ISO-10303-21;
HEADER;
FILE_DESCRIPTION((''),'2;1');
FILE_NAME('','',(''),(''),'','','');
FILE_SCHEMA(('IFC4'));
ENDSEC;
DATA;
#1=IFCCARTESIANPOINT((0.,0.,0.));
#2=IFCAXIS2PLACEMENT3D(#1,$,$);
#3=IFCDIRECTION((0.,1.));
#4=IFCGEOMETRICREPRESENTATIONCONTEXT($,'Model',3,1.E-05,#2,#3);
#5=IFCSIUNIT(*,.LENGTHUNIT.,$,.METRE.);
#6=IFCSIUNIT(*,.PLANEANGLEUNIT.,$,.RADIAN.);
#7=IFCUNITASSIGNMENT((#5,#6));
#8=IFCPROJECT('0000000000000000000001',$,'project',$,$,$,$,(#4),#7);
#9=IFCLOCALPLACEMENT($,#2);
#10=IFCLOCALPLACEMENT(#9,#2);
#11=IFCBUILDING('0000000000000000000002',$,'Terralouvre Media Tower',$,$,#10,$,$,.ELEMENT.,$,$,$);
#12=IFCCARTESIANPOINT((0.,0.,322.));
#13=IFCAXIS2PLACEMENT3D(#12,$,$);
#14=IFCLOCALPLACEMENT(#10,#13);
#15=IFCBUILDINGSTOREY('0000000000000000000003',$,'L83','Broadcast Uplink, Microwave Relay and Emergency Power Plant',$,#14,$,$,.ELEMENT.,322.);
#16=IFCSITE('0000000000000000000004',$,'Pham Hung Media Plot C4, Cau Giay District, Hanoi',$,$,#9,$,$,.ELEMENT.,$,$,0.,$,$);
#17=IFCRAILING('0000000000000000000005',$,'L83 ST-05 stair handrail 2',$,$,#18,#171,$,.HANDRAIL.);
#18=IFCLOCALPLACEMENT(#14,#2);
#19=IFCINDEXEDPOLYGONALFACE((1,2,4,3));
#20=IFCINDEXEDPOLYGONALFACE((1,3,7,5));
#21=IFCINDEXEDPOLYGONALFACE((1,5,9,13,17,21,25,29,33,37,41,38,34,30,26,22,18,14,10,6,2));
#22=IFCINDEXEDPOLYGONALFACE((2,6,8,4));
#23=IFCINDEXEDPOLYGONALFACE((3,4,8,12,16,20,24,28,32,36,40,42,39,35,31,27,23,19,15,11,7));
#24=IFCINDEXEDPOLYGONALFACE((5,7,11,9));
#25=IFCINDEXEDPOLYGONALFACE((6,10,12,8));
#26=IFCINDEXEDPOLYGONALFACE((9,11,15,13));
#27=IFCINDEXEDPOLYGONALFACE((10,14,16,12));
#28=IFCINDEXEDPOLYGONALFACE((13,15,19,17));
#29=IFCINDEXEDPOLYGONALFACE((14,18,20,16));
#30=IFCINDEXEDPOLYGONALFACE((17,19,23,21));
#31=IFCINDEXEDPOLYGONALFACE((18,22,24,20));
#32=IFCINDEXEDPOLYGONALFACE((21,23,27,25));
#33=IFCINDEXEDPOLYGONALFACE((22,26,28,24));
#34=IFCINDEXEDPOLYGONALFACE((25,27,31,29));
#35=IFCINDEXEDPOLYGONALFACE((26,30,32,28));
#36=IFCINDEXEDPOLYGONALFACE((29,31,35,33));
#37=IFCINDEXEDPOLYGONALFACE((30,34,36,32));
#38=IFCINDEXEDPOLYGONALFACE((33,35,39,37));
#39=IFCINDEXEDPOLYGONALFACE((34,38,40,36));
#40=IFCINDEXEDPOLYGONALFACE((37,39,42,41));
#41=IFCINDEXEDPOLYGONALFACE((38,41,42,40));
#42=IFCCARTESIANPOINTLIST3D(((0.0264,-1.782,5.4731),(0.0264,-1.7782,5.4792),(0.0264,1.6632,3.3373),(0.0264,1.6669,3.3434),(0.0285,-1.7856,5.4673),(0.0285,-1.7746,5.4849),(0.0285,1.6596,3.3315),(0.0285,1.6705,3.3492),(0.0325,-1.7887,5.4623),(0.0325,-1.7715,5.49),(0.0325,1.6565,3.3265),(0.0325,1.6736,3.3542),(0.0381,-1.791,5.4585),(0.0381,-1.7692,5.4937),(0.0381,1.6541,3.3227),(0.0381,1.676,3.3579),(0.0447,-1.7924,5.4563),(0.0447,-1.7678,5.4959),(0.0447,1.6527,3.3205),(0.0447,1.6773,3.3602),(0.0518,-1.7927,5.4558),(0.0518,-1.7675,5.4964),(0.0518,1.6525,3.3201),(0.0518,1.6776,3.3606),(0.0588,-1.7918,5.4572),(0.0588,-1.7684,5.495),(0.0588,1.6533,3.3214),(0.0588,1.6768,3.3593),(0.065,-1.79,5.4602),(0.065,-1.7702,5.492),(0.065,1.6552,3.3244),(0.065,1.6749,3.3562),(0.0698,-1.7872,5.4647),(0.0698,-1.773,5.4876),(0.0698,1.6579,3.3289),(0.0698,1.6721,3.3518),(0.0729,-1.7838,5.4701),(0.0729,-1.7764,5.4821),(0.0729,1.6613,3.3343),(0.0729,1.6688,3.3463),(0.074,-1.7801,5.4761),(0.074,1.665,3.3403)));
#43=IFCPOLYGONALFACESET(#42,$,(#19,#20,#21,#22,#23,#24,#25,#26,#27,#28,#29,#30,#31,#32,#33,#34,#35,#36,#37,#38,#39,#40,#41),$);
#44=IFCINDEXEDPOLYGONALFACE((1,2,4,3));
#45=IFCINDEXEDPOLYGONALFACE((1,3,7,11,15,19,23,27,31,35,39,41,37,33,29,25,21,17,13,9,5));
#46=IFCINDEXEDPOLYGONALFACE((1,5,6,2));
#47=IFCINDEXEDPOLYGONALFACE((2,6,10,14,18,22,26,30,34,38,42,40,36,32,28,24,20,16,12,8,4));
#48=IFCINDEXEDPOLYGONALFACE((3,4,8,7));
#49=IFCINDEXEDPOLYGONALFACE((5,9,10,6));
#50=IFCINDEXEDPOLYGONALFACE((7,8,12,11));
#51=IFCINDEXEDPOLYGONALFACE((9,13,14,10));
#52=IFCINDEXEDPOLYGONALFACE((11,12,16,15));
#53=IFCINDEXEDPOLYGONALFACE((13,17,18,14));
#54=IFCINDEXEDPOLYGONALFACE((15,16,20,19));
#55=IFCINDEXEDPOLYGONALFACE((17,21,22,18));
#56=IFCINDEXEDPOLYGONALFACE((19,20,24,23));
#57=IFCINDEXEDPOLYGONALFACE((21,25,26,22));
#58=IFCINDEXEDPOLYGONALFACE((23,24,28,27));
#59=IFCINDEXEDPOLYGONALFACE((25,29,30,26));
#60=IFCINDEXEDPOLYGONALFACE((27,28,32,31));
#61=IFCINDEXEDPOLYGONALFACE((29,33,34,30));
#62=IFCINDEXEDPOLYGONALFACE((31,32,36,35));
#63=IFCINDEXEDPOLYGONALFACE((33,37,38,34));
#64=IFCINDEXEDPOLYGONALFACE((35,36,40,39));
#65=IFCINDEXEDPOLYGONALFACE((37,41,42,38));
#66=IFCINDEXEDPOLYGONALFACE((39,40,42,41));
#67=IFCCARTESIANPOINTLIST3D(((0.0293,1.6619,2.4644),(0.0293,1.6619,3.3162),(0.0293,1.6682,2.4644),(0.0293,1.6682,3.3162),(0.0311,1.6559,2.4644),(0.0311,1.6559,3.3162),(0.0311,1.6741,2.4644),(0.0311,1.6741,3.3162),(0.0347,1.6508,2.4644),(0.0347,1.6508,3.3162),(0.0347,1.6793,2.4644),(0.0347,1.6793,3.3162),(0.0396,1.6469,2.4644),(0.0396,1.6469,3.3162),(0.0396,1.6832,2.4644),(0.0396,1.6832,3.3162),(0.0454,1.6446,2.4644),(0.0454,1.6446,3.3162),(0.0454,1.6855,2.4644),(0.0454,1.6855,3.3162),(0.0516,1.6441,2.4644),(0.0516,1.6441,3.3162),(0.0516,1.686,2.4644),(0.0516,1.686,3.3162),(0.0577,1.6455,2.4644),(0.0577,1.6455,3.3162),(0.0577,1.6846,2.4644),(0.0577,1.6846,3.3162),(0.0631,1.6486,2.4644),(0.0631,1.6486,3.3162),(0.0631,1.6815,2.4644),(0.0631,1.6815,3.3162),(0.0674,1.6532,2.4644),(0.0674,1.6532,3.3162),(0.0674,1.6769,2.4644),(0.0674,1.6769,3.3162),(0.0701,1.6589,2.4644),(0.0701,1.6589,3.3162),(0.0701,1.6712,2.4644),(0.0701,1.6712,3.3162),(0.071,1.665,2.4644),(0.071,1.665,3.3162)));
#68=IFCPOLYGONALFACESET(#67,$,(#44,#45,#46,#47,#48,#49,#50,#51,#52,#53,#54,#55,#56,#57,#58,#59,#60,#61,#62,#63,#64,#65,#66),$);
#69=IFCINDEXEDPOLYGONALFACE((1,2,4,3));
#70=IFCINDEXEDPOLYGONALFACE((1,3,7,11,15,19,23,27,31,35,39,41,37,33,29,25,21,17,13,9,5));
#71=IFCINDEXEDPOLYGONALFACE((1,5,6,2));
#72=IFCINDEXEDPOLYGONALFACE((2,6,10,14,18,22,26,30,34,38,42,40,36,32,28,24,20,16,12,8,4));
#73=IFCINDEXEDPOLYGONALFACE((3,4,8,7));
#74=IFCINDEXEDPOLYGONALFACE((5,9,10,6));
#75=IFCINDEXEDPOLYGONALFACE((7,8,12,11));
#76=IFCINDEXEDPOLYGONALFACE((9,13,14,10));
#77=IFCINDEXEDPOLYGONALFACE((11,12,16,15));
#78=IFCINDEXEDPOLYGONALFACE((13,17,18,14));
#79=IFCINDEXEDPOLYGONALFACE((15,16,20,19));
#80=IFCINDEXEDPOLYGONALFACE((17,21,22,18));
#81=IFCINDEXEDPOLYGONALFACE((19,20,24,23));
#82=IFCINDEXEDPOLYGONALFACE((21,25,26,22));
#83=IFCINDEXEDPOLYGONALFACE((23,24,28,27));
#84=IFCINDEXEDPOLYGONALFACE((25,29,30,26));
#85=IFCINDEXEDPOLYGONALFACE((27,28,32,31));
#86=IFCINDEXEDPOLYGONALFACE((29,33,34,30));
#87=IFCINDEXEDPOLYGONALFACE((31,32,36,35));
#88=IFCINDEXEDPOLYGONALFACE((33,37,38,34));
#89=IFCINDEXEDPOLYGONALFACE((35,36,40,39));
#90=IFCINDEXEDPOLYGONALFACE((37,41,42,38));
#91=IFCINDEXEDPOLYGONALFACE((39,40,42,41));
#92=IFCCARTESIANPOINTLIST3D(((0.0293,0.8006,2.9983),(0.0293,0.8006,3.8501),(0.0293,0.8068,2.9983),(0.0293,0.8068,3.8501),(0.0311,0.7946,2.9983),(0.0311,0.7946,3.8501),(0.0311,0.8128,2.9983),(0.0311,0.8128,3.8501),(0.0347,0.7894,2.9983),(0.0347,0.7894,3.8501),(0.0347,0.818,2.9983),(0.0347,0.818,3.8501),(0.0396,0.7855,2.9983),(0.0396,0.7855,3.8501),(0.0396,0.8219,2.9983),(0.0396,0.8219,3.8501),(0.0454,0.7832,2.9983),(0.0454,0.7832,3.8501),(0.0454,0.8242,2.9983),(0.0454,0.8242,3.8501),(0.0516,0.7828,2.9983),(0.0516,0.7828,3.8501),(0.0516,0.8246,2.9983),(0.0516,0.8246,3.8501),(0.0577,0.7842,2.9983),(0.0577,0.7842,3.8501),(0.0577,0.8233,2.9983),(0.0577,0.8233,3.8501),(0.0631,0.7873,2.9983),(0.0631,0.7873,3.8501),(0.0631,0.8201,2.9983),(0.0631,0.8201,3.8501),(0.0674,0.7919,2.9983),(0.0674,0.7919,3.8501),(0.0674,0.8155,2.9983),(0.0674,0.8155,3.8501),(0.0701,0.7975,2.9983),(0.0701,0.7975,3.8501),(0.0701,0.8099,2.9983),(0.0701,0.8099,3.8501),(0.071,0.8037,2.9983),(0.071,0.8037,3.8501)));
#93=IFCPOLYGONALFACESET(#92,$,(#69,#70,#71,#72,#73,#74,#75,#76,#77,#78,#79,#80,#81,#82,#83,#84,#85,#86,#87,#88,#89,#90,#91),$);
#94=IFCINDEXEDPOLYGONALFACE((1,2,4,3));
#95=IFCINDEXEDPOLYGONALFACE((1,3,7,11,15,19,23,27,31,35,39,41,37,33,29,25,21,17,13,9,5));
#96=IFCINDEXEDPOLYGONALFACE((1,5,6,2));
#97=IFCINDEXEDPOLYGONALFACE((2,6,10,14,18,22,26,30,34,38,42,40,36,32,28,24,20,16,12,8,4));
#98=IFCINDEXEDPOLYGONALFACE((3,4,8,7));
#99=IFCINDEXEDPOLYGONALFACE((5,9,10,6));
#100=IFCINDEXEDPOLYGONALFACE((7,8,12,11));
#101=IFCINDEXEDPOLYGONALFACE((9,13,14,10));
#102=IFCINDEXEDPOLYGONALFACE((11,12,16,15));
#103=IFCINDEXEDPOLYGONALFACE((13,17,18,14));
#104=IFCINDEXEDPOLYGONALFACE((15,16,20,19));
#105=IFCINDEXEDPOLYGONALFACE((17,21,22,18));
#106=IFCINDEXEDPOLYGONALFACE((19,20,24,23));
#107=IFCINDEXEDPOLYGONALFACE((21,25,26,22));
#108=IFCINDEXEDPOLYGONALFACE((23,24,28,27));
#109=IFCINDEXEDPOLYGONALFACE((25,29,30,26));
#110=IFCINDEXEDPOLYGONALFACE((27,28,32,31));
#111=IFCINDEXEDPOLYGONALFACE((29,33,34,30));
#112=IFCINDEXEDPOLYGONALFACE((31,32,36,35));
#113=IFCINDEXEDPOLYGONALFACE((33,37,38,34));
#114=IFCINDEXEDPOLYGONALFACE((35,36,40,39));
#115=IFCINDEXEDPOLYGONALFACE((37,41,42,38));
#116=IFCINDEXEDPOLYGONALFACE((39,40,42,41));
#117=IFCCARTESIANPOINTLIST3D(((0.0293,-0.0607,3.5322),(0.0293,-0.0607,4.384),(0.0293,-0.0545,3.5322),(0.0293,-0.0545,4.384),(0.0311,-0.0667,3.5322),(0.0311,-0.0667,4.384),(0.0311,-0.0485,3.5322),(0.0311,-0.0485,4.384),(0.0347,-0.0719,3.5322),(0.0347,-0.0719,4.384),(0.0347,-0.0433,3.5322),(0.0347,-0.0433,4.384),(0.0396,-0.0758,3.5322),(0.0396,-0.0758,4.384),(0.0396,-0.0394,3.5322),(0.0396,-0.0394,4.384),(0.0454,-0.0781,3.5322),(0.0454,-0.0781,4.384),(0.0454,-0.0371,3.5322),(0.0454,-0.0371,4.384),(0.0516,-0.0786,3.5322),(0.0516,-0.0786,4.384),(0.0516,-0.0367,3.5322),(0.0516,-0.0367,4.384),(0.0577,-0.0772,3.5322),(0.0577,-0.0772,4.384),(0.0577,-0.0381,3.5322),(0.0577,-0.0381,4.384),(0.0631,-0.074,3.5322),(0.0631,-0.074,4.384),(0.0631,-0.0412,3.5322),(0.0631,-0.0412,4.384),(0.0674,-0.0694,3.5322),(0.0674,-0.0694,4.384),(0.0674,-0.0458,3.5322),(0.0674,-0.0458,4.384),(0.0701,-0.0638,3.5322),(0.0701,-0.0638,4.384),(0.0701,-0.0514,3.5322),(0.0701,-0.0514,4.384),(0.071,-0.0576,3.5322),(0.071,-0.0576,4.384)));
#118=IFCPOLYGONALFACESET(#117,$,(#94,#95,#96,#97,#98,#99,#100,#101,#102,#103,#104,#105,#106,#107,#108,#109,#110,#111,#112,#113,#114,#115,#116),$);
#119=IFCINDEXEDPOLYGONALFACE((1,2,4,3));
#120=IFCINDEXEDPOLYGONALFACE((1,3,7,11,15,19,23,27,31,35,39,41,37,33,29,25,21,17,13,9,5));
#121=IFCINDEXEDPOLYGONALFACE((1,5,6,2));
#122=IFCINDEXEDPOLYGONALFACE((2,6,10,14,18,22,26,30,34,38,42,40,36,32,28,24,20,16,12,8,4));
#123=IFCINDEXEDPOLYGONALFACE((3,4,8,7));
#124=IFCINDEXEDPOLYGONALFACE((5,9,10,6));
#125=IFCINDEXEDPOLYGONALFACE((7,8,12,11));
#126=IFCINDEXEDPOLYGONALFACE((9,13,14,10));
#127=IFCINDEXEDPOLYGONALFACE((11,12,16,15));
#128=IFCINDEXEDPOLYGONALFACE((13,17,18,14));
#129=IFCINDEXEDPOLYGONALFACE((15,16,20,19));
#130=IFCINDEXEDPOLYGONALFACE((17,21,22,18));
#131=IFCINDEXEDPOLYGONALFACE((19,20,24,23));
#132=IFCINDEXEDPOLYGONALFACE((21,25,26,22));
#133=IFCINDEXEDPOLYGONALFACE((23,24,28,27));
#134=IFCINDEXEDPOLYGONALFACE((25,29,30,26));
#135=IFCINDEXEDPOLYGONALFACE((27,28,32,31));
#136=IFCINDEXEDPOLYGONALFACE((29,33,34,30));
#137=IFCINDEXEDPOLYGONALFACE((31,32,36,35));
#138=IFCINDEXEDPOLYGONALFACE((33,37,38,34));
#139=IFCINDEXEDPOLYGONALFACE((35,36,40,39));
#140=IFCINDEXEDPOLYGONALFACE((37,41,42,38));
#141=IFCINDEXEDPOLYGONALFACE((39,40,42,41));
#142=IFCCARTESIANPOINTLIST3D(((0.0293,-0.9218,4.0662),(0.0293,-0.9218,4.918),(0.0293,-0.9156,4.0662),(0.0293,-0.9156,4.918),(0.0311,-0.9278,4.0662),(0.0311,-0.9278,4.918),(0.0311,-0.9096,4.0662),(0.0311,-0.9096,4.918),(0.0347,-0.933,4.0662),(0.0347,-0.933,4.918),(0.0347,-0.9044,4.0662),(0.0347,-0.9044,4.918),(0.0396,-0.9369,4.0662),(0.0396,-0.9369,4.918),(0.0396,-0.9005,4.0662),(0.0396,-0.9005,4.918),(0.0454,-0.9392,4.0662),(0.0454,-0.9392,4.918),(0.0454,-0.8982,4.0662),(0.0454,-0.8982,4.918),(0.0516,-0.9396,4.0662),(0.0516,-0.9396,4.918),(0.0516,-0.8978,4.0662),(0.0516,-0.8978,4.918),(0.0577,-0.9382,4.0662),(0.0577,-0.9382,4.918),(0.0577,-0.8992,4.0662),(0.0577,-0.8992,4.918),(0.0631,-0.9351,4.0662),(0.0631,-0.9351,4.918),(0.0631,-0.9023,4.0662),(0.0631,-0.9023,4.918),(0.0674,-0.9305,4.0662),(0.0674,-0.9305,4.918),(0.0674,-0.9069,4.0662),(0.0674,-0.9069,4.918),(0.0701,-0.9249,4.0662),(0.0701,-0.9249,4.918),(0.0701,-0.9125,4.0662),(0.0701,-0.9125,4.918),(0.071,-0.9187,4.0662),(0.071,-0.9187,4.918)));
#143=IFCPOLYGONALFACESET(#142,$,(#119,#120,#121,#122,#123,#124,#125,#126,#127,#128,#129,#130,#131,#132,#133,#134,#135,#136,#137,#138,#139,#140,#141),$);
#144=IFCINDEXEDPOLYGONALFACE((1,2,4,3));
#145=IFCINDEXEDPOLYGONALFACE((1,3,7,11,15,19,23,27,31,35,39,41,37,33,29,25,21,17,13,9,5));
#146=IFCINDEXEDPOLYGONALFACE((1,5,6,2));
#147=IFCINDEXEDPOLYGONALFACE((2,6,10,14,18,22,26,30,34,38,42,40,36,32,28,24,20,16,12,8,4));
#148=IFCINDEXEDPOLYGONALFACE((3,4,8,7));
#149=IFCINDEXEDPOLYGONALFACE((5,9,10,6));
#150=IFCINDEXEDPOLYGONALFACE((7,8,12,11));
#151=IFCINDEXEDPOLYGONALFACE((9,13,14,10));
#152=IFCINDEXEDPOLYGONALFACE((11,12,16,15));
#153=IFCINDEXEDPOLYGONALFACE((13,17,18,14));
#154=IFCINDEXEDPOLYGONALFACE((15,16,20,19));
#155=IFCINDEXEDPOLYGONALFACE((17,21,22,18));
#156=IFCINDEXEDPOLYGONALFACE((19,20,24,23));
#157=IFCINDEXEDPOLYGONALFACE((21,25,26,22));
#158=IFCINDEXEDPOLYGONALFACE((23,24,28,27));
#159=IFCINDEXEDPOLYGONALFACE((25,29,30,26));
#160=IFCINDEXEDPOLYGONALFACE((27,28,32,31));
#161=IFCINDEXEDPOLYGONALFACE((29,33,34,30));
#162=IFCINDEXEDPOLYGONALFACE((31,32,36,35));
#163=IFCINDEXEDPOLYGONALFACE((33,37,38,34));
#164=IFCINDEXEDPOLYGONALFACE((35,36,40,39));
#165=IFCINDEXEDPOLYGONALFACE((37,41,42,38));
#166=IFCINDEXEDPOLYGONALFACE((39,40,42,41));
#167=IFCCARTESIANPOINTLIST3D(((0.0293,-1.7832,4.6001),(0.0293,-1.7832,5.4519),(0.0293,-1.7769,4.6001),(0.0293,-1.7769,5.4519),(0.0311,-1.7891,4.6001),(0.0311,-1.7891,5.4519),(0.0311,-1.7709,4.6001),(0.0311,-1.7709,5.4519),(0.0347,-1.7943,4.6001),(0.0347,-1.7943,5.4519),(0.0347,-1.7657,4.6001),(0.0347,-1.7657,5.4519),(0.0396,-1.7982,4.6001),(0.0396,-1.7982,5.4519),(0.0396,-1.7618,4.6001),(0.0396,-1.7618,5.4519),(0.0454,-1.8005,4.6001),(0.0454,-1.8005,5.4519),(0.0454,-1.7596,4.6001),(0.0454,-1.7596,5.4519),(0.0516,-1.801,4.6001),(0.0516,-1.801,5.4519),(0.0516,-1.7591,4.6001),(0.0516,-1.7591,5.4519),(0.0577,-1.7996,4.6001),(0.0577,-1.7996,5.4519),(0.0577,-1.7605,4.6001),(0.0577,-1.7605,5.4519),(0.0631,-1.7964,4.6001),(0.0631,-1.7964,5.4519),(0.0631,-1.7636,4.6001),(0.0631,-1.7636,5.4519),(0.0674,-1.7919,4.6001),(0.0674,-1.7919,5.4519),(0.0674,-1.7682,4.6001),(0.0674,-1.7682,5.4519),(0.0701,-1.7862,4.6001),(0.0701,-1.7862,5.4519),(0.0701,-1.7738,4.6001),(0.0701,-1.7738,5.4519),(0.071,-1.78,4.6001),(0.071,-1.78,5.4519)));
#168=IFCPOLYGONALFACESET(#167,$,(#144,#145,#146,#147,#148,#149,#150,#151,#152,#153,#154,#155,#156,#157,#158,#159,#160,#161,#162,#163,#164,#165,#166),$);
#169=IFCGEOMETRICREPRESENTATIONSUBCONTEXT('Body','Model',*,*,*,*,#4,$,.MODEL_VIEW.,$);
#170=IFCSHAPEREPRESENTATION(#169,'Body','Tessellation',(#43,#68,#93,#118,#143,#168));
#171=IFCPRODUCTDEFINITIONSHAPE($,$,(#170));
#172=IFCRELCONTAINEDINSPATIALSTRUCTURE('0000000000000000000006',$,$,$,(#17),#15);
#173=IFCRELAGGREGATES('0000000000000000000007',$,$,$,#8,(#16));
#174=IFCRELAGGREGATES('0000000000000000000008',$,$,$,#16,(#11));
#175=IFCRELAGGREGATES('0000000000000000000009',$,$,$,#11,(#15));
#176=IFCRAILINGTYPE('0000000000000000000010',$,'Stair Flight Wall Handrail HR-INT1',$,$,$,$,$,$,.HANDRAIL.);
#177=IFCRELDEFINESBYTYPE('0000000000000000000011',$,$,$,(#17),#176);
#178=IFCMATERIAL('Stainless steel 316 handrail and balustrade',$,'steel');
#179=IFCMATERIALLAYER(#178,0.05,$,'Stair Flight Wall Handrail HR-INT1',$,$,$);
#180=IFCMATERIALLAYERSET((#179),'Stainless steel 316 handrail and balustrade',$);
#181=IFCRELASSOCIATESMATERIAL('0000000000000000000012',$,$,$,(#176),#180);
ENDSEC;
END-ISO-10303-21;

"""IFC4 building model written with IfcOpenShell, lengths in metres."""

from ifc_helpers import new_model, si_unit, direction, frame, origin, origin_2d, place, context, subcontext, project, spatial, circle, extrude, material, layer, layer_set, type_object, element, save


model = new_model("IFC4")

# Units and contexts
model_context = context("Model", 3, precision=1e-05, world=origin(), true_north=direction((0.0, 1.0)))
body_context = subcontext(model_context, "Body", "Model", "MODEL_VIEW")
ifc_project = project(units=[si_unit("LENGTHUNIT", "METRE"), si_unit("PLANEANGLEUNIT", "RADIAN")], contexts=[model_context])

# Site, building, storey
site_placement = place(None, origin())
site = spatial("IfcSite", under=ifc_project, at=site_placement, Name="Pham Hung Media Plot C4, Cau Giay District, Hanoi", CompositionType="ELEMENT", RefElevation=0.0)
building_placement = place(site_placement, origin())
building = spatial("IfcBuilding", under=site, at=building_placement, Name="Terralouvre Media Tower", CompositionType="ELEMENT")
storey_placement = place(building_placement, frame((0.0, 0.0, 322.0)))
storey = spatial("IfcBuildingStorey", under=building, at=storey_placement, Name="L83", Description="Broadcast Uplink, Microwave Relay and Emergency Power Plant", CompositionType="ELEMENT", Elevation=322.0)

# Railing
ifc_material_1 = material(Name="Stainless steel 316 handrail and balustrade", Category="steel")
ifc_layer_1 = layer(ifc_material_1, 0.05, Name="Stair Flight Wall Handrail HR-INT1")
ifc_layer_set_1 = layer_set([ifc_layer_1], Name="Stainless steel 316 handrail and balustrade")
railing_type_1 = type_object("IfcRailingType", Name="Stair Flight Wall Handrail HR-INT1", PredefinedType="HANDRAIL", material=ifc_layer_set_1)
railing_1_placement = place(storey_placement, frame((0.05, 1.665, 2.4644)))
element("IfcRailing", 1, at=railing_1_placement, inside=storey, type_object=railing_type_1, Name="L83 ST-05 stair handrail 2", PredefinedType="HANDRAIL", context=body_context, shape_type="SweptSolid", body=[
    extrude(circle(Radius=0.0239, at=origin_2d()), frame((0.0, 0.0, 0.876), z_axis=(0.0, -0.849925, 0.526904), x_axis=(1.0, 0.0, 0.0)), (0.0, 0.0, 1.0), 4.0535),
    extrude(circle(Radius=0.021, at=origin_2d()), origin(), (0.0, 0.0, 1.0), 0.8518),
    extrude(circle(Radius=0.021, at=origin_2d()), frame((0.0, -0.8613, 0.5339)), (0.0, 0.0, 1.0), 0.8518),
    extrude(circle(Radius=0.021, at=origin_2d()), frame((0.0, -1.7227, 1.0679)), (0.0, 0.0, 1.0), 0.8518),
    extrude(circle(Radius=0.021, at=origin_2d()), frame((0.0, -2.5837, 1.6018)), (0.0, 0.0, 1.0), 0.8518),
    extrude(circle(Radius=0.021, at=origin_2d()), frame((0.0, -3.4451, 2.1357)), (0.0, 0.0, 1.0), 0.8518),
])

save(model, "model.ifc")
